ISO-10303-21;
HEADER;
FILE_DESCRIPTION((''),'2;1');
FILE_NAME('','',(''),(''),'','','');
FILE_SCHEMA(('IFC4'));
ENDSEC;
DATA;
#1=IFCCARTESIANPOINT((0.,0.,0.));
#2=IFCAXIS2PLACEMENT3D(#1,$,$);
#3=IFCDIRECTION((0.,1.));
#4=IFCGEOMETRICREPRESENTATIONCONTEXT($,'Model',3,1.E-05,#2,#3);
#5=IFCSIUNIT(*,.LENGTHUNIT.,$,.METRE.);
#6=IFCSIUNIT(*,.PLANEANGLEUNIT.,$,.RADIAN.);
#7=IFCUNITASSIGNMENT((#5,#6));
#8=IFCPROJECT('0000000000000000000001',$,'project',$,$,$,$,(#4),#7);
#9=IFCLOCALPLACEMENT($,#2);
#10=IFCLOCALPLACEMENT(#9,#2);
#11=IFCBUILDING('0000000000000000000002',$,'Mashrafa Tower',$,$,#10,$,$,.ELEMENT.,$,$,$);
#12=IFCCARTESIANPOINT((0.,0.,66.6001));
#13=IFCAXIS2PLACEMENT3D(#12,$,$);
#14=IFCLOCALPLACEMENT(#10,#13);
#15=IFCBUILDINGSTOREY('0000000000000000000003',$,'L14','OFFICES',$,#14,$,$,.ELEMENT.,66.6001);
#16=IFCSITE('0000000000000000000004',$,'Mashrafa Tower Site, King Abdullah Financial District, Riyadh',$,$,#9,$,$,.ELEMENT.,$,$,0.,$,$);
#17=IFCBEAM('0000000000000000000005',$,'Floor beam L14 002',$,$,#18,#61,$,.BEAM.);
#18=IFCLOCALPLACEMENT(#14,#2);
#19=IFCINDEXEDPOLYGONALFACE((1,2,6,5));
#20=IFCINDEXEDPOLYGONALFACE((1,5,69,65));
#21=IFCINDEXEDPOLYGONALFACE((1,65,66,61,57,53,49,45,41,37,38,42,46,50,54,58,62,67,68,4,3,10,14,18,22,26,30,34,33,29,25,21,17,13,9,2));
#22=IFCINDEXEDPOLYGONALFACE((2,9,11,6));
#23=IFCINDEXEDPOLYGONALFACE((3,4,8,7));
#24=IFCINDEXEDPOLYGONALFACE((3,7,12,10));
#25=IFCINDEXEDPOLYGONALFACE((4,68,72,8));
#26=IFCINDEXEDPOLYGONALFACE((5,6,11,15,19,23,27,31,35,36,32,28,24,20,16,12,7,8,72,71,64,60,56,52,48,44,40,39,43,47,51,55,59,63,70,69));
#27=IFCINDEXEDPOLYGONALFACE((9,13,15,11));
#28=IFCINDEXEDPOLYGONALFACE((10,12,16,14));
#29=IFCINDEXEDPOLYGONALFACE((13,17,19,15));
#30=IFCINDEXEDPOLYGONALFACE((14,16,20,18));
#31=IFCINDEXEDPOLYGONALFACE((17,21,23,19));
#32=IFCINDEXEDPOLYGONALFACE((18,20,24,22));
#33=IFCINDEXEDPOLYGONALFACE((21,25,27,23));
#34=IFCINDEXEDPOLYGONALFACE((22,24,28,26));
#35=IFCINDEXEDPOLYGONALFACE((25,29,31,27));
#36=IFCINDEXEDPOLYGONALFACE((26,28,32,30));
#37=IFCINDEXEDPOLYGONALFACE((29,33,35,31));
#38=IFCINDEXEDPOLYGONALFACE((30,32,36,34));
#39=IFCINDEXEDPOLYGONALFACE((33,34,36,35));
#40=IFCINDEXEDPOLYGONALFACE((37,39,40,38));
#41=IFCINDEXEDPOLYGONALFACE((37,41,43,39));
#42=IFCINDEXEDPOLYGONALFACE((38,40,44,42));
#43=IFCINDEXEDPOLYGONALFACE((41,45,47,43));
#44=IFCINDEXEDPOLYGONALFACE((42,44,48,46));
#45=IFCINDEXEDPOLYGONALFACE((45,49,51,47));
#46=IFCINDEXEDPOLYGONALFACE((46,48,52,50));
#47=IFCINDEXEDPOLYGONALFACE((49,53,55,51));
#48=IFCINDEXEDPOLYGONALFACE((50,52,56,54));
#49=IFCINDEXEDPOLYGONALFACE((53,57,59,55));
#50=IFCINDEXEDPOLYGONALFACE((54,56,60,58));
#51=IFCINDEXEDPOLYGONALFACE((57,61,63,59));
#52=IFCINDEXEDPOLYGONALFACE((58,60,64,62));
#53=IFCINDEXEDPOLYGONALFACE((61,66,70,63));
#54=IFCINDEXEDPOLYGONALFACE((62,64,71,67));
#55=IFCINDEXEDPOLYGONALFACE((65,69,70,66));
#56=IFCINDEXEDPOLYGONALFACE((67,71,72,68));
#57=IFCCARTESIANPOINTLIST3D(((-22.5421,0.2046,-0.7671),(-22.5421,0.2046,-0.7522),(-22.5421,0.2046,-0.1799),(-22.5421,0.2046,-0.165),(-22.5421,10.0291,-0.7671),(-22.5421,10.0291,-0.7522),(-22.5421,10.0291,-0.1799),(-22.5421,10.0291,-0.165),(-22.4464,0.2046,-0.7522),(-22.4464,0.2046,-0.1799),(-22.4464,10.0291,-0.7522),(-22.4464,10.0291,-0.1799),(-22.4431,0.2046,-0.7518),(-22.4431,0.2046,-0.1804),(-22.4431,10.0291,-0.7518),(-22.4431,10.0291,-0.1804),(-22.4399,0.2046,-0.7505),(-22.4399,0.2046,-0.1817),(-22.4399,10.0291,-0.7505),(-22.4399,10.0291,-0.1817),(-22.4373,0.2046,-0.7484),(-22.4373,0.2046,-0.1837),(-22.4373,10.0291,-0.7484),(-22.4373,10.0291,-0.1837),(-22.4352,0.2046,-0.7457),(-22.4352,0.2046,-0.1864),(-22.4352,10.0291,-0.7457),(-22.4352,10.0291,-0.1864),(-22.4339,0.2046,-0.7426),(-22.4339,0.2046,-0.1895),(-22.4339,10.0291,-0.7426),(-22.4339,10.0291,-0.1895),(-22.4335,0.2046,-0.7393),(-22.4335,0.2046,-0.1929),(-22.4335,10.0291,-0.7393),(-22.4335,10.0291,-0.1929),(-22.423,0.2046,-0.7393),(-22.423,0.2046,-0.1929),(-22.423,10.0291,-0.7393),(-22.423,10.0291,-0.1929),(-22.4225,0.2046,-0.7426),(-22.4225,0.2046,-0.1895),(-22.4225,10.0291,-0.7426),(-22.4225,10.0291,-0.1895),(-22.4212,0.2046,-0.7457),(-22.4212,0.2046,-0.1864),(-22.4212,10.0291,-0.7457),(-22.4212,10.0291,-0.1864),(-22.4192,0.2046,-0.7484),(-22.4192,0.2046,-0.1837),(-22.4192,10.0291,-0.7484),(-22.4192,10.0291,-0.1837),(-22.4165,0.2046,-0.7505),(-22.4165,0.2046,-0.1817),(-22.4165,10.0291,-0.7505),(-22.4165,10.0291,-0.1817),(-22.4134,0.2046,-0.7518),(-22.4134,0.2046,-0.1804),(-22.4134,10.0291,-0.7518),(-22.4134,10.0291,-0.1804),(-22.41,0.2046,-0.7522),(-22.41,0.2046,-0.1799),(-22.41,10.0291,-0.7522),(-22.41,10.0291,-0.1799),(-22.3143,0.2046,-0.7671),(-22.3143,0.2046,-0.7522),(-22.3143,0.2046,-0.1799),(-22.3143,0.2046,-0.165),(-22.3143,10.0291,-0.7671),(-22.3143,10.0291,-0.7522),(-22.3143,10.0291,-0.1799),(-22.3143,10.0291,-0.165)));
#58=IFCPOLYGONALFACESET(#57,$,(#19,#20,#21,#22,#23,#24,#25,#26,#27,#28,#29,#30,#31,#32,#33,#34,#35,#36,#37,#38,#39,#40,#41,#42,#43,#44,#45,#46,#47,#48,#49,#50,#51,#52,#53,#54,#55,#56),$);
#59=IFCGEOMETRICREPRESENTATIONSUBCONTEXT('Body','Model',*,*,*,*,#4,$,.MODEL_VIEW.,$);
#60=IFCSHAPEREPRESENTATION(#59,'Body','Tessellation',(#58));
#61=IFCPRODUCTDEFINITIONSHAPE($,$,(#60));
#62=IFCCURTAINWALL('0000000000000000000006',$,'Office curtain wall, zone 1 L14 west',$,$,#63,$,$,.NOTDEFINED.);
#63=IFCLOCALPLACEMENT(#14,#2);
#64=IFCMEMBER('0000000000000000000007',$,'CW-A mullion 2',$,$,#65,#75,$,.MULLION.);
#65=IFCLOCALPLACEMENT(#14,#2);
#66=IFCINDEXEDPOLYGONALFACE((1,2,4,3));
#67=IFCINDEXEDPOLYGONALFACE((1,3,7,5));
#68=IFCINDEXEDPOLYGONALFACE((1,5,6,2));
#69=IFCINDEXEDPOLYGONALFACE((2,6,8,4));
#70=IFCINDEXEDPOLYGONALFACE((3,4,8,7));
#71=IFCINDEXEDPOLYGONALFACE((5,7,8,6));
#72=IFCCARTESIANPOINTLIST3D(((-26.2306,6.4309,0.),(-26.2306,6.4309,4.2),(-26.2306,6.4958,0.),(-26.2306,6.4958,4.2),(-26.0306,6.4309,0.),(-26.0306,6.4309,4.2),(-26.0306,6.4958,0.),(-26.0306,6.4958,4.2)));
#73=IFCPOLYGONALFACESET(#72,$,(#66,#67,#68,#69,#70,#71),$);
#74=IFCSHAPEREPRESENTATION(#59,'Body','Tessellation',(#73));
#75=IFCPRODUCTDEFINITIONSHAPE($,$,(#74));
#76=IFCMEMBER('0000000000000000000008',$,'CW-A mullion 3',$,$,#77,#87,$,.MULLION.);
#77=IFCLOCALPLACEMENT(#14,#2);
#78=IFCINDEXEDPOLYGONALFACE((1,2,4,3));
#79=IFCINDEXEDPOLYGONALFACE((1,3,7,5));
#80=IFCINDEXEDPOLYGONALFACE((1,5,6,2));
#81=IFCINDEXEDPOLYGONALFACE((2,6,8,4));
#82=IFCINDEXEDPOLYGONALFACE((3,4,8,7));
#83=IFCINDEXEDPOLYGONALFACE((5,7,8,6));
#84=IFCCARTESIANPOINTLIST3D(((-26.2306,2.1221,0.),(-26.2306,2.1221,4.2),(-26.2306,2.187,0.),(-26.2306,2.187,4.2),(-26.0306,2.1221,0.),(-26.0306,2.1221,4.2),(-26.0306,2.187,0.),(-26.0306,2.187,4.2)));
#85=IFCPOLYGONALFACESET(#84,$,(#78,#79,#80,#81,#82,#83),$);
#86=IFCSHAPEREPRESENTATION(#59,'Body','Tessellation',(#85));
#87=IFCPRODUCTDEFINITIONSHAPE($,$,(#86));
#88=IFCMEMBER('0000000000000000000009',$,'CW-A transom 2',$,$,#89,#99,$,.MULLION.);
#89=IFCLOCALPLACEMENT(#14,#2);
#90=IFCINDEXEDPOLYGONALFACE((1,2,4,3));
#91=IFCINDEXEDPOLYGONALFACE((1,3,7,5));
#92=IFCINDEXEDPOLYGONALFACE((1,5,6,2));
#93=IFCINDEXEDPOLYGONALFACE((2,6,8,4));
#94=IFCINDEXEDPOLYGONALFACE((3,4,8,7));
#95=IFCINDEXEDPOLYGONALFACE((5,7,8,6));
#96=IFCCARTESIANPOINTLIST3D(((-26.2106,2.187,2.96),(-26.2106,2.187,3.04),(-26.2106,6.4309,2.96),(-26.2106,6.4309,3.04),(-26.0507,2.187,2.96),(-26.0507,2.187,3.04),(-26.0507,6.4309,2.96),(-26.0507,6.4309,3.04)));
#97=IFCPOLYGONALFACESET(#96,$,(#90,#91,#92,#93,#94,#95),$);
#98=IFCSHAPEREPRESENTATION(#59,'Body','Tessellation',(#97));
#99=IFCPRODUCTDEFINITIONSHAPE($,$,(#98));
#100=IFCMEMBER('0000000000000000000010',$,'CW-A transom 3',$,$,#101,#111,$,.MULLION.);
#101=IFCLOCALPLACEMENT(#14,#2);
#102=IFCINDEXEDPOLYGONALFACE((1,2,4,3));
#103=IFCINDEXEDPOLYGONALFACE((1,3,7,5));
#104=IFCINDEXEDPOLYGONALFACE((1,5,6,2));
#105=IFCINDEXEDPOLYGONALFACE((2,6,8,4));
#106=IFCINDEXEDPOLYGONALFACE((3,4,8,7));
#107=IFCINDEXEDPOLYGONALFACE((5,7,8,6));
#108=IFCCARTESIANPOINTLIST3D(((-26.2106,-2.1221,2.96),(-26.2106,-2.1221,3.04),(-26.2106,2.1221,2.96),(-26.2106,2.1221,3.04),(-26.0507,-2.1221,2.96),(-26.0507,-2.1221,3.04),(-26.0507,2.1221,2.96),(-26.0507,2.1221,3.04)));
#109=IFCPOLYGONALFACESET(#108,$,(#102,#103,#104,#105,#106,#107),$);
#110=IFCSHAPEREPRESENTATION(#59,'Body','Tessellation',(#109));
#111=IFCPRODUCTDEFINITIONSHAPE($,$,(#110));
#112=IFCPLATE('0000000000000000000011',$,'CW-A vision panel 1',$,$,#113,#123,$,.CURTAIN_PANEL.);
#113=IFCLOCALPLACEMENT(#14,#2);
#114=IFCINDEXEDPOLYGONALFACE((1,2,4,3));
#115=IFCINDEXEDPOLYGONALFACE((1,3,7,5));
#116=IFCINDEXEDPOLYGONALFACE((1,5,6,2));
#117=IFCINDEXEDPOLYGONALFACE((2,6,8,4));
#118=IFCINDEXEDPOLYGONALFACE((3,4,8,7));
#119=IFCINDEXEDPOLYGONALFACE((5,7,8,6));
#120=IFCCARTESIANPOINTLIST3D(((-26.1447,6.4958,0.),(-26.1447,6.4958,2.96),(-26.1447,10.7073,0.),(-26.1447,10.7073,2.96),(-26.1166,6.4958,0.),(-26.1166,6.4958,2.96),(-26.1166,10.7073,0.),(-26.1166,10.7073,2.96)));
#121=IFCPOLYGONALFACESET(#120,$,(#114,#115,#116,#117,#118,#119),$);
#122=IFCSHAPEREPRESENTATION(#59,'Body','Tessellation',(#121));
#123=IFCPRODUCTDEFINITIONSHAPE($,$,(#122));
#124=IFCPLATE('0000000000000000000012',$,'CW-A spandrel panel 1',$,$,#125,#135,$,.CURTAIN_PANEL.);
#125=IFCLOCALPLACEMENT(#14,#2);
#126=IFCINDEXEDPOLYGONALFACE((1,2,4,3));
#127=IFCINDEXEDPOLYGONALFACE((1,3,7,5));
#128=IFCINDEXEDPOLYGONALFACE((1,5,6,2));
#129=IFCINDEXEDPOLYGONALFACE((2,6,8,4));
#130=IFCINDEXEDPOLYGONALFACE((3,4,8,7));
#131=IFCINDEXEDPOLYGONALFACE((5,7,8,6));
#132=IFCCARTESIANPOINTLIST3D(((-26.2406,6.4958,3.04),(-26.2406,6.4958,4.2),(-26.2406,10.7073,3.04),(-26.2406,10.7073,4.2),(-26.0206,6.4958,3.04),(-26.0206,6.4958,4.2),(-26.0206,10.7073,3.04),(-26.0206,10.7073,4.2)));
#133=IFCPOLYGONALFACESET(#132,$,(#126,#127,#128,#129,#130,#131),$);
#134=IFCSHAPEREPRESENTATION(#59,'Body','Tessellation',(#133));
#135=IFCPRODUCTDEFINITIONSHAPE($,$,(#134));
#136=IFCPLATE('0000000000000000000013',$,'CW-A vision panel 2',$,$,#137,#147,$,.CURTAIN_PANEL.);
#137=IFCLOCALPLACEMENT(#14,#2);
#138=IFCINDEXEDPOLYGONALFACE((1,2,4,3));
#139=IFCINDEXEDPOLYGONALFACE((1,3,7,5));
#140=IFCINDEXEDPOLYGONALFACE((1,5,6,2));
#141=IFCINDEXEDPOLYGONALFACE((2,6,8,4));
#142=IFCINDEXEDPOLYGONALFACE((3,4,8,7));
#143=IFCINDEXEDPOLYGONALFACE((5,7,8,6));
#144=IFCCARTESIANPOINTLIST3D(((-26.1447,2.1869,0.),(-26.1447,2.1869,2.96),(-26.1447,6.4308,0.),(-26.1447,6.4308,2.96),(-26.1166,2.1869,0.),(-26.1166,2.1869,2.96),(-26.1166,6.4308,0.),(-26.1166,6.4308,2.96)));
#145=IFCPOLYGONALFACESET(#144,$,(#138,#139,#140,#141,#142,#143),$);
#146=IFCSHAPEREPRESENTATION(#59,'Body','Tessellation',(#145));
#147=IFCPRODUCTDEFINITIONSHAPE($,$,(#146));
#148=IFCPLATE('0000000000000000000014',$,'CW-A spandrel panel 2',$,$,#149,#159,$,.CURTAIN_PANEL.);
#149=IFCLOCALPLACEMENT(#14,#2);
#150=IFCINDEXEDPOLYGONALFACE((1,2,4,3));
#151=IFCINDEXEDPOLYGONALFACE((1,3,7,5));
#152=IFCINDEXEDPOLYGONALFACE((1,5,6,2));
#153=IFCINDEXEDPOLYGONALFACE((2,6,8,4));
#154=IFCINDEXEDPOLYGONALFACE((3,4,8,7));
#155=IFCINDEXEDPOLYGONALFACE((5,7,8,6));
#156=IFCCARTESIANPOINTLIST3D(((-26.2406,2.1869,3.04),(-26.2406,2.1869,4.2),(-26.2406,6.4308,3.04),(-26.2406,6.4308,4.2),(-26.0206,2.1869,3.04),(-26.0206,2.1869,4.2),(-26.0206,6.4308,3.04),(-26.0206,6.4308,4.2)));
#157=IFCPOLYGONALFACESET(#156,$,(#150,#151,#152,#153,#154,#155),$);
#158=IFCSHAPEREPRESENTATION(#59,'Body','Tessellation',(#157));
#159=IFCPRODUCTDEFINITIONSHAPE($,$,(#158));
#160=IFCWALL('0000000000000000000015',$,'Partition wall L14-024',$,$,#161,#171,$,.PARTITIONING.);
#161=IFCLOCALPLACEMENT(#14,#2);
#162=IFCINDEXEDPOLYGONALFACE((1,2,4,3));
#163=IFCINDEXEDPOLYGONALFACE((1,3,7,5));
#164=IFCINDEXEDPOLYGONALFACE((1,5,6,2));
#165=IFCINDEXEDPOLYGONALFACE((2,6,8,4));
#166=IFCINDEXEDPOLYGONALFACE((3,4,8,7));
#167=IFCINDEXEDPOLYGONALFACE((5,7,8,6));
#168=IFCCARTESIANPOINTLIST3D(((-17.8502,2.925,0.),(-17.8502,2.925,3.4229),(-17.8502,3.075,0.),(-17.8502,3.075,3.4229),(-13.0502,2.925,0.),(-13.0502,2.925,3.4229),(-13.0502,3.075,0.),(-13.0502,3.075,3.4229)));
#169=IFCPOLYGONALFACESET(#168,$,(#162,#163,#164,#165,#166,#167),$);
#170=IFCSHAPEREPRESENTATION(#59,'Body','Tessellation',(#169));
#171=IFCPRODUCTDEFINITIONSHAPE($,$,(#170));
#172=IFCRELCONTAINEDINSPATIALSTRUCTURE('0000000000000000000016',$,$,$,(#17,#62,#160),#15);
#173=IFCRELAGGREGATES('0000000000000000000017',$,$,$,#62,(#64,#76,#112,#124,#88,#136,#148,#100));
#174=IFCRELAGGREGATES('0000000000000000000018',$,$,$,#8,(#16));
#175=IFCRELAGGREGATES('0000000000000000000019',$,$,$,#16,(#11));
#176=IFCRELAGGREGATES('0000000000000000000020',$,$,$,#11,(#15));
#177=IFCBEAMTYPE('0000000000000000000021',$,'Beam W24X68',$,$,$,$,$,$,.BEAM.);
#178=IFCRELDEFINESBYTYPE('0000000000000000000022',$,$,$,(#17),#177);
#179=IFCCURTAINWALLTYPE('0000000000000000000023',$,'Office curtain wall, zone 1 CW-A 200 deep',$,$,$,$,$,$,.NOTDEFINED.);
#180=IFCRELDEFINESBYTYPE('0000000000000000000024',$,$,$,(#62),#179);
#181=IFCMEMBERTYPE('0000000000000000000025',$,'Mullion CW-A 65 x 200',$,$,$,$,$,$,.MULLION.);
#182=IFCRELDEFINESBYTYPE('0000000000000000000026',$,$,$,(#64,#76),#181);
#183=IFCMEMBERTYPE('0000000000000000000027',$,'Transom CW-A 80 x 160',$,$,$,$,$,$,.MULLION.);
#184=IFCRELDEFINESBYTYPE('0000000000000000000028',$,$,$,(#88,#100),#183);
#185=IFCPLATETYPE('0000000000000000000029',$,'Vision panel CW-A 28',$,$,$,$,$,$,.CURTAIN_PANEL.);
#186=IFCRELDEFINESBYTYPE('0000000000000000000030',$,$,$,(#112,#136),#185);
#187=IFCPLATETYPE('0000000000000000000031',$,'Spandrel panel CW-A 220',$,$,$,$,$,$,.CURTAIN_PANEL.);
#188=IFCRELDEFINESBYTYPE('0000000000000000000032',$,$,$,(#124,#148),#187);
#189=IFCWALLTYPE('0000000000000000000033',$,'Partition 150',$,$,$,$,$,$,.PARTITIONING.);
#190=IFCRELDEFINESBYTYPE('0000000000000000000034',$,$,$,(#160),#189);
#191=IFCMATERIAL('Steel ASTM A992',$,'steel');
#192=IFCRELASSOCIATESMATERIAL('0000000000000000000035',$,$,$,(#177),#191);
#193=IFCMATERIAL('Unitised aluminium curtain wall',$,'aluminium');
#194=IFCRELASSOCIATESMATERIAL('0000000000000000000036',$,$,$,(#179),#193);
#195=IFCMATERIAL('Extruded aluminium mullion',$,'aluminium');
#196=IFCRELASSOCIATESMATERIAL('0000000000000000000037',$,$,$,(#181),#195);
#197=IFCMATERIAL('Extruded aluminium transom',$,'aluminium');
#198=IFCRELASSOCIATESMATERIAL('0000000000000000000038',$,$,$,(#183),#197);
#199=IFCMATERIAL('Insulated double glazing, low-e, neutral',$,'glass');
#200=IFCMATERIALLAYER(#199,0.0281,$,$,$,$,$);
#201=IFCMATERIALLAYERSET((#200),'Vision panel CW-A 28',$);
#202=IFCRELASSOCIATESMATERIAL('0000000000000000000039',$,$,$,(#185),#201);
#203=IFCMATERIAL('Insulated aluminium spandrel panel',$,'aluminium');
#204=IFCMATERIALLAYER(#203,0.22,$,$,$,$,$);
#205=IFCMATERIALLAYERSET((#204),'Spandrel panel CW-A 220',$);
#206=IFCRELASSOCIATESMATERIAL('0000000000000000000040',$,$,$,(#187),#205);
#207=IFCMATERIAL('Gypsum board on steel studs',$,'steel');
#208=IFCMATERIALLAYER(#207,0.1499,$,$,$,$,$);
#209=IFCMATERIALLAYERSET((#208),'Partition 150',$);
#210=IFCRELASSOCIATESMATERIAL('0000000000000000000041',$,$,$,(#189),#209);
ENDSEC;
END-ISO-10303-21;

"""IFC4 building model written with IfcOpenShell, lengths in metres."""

from ifc_helpers import new_model, si_unit, direction, frame, frame_2d, origin, origin_2d, place, context, subcontext, project, spatial, rectangle, i_section, extrude, source, transform, mapped, material, layer, layer_set, material_profile, profile_set, type_object, type_shapes, element, aggregate, save


model = new_model("IFC4")

# Units and contexts
model_context = context("Model", 3, precision=1e-05, world=origin(), true_north=direction((0.0, 1.0)))
body_context = subcontext(model_context, "Body", "Model", "MODEL_VIEW")
ifc_project = project(units=[si_unit("LENGTHUNIT", "METRE"), si_unit("PLANEANGLEUNIT", "RADIAN")], contexts=[model_context])

# Site, building, storey
site_placement = place(None, origin())
site = spatial("IfcSite", under=ifc_project, at=site_placement, Name="Mashrafa Tower Site, King Abdullah Financial District, Riyadh", CompositionType="ELEMENT", RefElevation=0.0)
building_placement = place(site_placement, origin())
building = spatial("IfcBuilding", under=site, at=building_placement, Name="Mashrafa Tower", CompositionType="ELEMENT")
storey_placement = place(building_placement, frame((0.0, 0.0, 66.6001)))
storey = spatial("IfcBuildingStorey", under=building, at=storey_placement, Name="L14", Description="OFFICES", CompositionType="ELEMENT", Elevation=66.6001)

# Beam
ifc_material_1 = material(Name="Steel ASTM A992", Category="steel")
ifc_material_profile_1 = material_profile(ifc_material_1, i_section(OverallWidth=0.2278, OverallDepth=0.6021, WebThickness=0.0105, FlangeThickness=0.0149, FilletRadius=0.0129, at=origin_2d()), Name="W24X68")
ifc_profile_set_1 = profile_set([ifc_material_profile_1], Name="Steel ASTM A992")
beam_type_1 = type_object("IfcBeamType", Name="Beam W24X68", PredefinedType="BEAM", material=ifc_profile_set_1)
beam_1_placement = place(storey_placement, frame((-22.4282, 0.2046, -0.4661), z_axis=(0.0, 1.0, 0.0), x_axis=(-1.0, 0.0, 0.0)))
element("IfcBeam", 1, at=beam_1_placement, inside=storey, type_object=beam_type_1, Name="Floor beam L14 002", PredefinedType="BEAM", context=body_context, shape_type="SweptSolid", body=[
    extrude(i_section(OverallWidth=0.2278, OverallDepth=0.6021, WebThickness=0.0105, FlangeThickness=0.0149, FilletRadius=0.0129, at=origin_2d()), origin(), (0.0, 0.0, 1.0), 9.8245),
])

# Curtain wall, members, plates
ifc_material_2 = material(Name="Unitised aluminium curtain wall", Category="aluminium")
curtain_wall_type = type_object("IfcCurtainWallType", Name="Office curtain wall, zone 1 CW-A 200 deep", PredefinedType="NOTDEFINED", material=ifc_material_2)
curtain_wall_placement = place(storey_placement, origin())
curtain_wall = element("IfcCurtainWall", 2, at=curtain_wall_placement, inside=storey, type_object=curtain_wall_type, Name="Office curtain wall, zone 1 L14 west", PredefinedType="NOTDEFINED")
ifc_material_3 = material(Name="Extruded aluminium mullion", Category="aluminium")
ifc_material_profile_2 = material_profile(ifc_material_3, rectangle(XDim=0.2, YDim=0.0649, at=origin_2d()), Name="Mullion 65x200")
ifc_profile_set_2 = profile_set([ifc_material_profile_2], Name="Extruded aluminium mullion")
member_type_1 = type_object("IfcMemberType", Name="Mullion CW-A 65 x 200", PredefinedType="MULLION", material=ifc_profile_set_2)
shared_shape_1 = source(origin(), body_context, "Body", "SweptSolid", [
    extrude(rectangle(XDim=0.2, YDim=0.0649, at=origin_2d()), origin(), (0.0, 0.0, 1.0), 4.2),
])
type_shapes(member_type_1, [shared_shape_1])
member_1_placement = place(storey_placement, frame((-26.1306, 6.4634, 0.0), z_axis=(0.0, 0.0, 1.0), x_axis=(1.0, 0.0, 0.0)))
member_1 = element("IfcMember", 3, at=member_1_placement, type_object=member_type_1, Name="CW-A mullion 2", PredefinedType="MULLION", context=body_context, shape_type="MappedRepresentation", body=[
    mapped(shared_shape_1, transform((0.0, 0.0, 0.0))),
])
member_2_placement = place(storey_placement, frame((-26.1306, 2.1545, 0.0), z_axis=(0.0, 0.0, 1.0), x_axis=(1.0, 0.0, 0.0)))
member_2 = element("IfcMember", 4, at=member_2_placement, type_object=member_type_1, Name="CW-A mullion 3", PredefinedType="MULLION", context=body_context, shape_type="MappedRepresentation", body=[
    mapped(shared_shape_1, transform((0.0, 0.0, 0.0))),
])
ifc_material_4 = material(Name="Extruded aluminium transom", Category="aluminium")
ifc_material_profile_3 = material_profile(ifc_material_4, rectangle(XDim=0.1599, YDim=0.0801, at=origin_2d()), Name="Transom 80x160")
ifc_profile_set_3 = profile_set([ifc_material_profile_3], Name="Extruded aluminium transom")
member_type_2 = type_object("IfcMemberType", Name="Transom CW-A 80 x 160", PredefinedType="MULLION", material=ifc_profile_set_3)
shared_shape_2 = source(origin(), body_context, "Body", "SweptSolid", [
    extrude(rectangle(XDim=0.1599, YDim=0.0801, at=origin_2d()), origin(), (0.0, 0.0, 1.0), 4.2439),
])
member_3_placement = place(storey_placement, frame((-26.1306, 6.4309, 3.0), z_axis=(0.0, -1.0, 0.0), x_axis=(1.0, 0.0, 0.0)))
member_3 = element("IfcMember", 5, at=member_3_placement, type_object=member_type_2, Name="CW-A transom 2", PredefinedType="MULLION", context=body_context, shape_type="MappedRepresentation", body=[
    mapped(shared_shape_2, transform((0.0, 0.0, 0.0))),
])
shared_shape_3 = source(origin(), body_context, "Body", "SweptSolid", [
    extrude(rectangle(XDim=0.1599, YDim=0.0801, at=origin_2d()), origin(), (0.0, 0.0, 1.0), 4.2441),
])
type_shapes(member_type_2, [shared_shape_2, shared_shape_3])
member_4_placement = place(storey_placement, frame((-26.1306, 2.1221, 3.0), z_axis=(0.0, -1.0, 0.0), x_axis=(1.0, 0.0, 0.0)))
member_4 = element("IfcMember", 6, at=member_4_placement, type_object=member_type_2, Name="CW-A transom 3", PredefinedType="MULLION", context=body_context, shape_type="MappedRepresentation", body=[
    mapped(shared_shape_3, transform((0.0, 0.0, 0.0))),
])
ifc_material_5 = material(Name="Insulated double glazing, low-e, neutral", Category="glass")
ifc_layer_1 = layer(ifc_material_5, 0.0281)
ifc_layer_set_1 = layer_set([ifc_layer_1], Name="Vision panel CW-A 28")
plate_type_1 = type_object("IfcPlateType", Name="Vision panel CW-A 28", PredefinedType="CURTAIN_PANEL", material=ifc_layer_set_1)
shared_shape_4 = source(origin(), body_context, "Body", "SweptSolid", [
    extrude(rectangle(XDim=4.2114, YDim=0.0281, at=origin_2d()), origin(), (0.0, 0.0, 1.0), 2.96),
])
plate_1_placement = place(storey_placement, frame((-26.1306, 8.6016, 0.0), z_axis=(0.0, 0.0, 1.0), x_axis=(0.0, -1.0, 0.0)))
plate_1 = element("IfcPlate", 7, at=plate_1_placement, type_object=plate_type_1, Name="CW-A vision panel 1", PredefinedType="CURTAIN_PANEL", context=body_context, shape_type="MappedRepresentation", body=[
    mapped(shared_shape_4, transform((0.0, 0.0, 0.0))),
])
ifc_material_6 = material(Name="Insulated aluminium spandrel panel", Category="aluminium")
ifc_layer_2 = layer(ifc_material_6, 0.22)
ifc_layer_set_2 = layer_set([ifc_layer_2], Name="Spandrel panel CW-A 220")
plate_type_2 = type_object("IfcPlateType", Name="Spandrel panel CW-A 220", PredefinedType="CURTAIN_PANEL", material=ifc_layer_set_2)
shared_shape_5 = source(origin(), body_context, "Body", "SweptSolid", [
    extrude(rectangle(XDim=4.2114, YDim=0.22, at=origin_2d()), origin(), (0.0, 0.0, 1.0), 1.1599),
])
plate_2_placement = place(storey_placement, frame((-26.1306, 8.6016, 3.04), z_axis=(0.0, 0.0, 1.0), x_axis=(0.0, -1.0, 0.0)))
plate_2 = element("IfcPlate", 8, at=plate_2_placement, type_object=plate_type_2, Name="CW-A spandrel panel 1", PredefinedType="CURTAIN_PANEL", context=body_context, shape_type="MappedRepresentation", body=[
    mapped(shared_shape_5, transform((0.0, 0.0, 0.0))),
])
shared_shape_6 = source(origin(), body_context, "Body", "SweptSolid", [
    extrude(rectangle(XDim=4.2439, YDim=0.0281, at=origin_2d()), origin(), (0.0, 0.0, 1.0), 2.96),
])
type_shapes(plate_type_1, [shared_shape_4, shared_shape_6])
plate_3_placement = place(storey_placement, frame((-26.1306, 4.3088, 0.0), z_axis=(0.0, 0.0, 1.0), x_axis=(0.0, -1.0, 0.0)))
plate_3 = element("IfcPlate", 9, at=plate_3_placement, type_object=plate_type_1, Name="CW-A vision panel 2", PredefinedType="CURTAIN_PANEL", context=body_context, shape_type="MappedRepresentation", body=[
    mapped(shared_shape_6, transform((0.0, 0.0, 0.0))),
])
shared_shape_7 = source(origin(), body_context, "Body", "SweptSolid", [
    extrude(rectangle(XDim=4.2439, YDim=0.22, at=origin_2d()), origin(), (0.0, 0.0, 1.0), 1.1599),
])
type_shapes(plate_type_2, [shared_shape_5, shared_shape_7])
plate_4_placement = place(storey_placement, frame((-26.1306, 4.3088, 3.04), z_axis=(0.0, 0.0, 1.0), x_axis=(0.0, -1.0, 0.0)))
plate_4 = element("IfcPlate", 10, at=plate_4_placement, type_object=plate_type_2, Name="CW-A spandrel panel 2", PredefinedType="CURTAIN_PANEL", context=body_context, shape_type="MappedRepresentation", body=[
    mapped(shared_shape_7, transform((0.0, 0.0, 0.0))),
])
aggregate(curtain_wall, [member_1, member_2, plate_1, plate_2, member_3, plate_3, plate_4, member_4])

# Wall
ifc_material_7 = material(Name="Gypsum board on steel studs", Category="steel")
ifc_layer_3 = layer(ifc_material_7, 0.1499)
ifc_layer_set_3 = layer_set([ifc_layer_3], Name="Partition 150")
wall_type = type_object("IfcWallType", Name="Partition 150", PredefinedType="PARTITIONING", material=ifc_layer_set_3)
wall_1_placement = place(storey_placement, frame((-17.8501, 3.0, 0.0), z_axis=(0.0, 0.0, 1.0), x_axis=(1.0, 0.0, 0.0)))
element("IfcWall", 11, at=wall_1_placement, inside=storey, type_object=wall_type, Name="Partition wall L14-024", PredefinedType="PARTITIONING", context=body_context, shape_type="SweptSolid", body=[
    extrude(rectangle(XDim=4.8, YDim=0.1499, at=frame_2d((2.3999, 0.0))), origin(), (0.0, 0.0, 1.0), 3.4229),
])

save(model, "model.ifc")
